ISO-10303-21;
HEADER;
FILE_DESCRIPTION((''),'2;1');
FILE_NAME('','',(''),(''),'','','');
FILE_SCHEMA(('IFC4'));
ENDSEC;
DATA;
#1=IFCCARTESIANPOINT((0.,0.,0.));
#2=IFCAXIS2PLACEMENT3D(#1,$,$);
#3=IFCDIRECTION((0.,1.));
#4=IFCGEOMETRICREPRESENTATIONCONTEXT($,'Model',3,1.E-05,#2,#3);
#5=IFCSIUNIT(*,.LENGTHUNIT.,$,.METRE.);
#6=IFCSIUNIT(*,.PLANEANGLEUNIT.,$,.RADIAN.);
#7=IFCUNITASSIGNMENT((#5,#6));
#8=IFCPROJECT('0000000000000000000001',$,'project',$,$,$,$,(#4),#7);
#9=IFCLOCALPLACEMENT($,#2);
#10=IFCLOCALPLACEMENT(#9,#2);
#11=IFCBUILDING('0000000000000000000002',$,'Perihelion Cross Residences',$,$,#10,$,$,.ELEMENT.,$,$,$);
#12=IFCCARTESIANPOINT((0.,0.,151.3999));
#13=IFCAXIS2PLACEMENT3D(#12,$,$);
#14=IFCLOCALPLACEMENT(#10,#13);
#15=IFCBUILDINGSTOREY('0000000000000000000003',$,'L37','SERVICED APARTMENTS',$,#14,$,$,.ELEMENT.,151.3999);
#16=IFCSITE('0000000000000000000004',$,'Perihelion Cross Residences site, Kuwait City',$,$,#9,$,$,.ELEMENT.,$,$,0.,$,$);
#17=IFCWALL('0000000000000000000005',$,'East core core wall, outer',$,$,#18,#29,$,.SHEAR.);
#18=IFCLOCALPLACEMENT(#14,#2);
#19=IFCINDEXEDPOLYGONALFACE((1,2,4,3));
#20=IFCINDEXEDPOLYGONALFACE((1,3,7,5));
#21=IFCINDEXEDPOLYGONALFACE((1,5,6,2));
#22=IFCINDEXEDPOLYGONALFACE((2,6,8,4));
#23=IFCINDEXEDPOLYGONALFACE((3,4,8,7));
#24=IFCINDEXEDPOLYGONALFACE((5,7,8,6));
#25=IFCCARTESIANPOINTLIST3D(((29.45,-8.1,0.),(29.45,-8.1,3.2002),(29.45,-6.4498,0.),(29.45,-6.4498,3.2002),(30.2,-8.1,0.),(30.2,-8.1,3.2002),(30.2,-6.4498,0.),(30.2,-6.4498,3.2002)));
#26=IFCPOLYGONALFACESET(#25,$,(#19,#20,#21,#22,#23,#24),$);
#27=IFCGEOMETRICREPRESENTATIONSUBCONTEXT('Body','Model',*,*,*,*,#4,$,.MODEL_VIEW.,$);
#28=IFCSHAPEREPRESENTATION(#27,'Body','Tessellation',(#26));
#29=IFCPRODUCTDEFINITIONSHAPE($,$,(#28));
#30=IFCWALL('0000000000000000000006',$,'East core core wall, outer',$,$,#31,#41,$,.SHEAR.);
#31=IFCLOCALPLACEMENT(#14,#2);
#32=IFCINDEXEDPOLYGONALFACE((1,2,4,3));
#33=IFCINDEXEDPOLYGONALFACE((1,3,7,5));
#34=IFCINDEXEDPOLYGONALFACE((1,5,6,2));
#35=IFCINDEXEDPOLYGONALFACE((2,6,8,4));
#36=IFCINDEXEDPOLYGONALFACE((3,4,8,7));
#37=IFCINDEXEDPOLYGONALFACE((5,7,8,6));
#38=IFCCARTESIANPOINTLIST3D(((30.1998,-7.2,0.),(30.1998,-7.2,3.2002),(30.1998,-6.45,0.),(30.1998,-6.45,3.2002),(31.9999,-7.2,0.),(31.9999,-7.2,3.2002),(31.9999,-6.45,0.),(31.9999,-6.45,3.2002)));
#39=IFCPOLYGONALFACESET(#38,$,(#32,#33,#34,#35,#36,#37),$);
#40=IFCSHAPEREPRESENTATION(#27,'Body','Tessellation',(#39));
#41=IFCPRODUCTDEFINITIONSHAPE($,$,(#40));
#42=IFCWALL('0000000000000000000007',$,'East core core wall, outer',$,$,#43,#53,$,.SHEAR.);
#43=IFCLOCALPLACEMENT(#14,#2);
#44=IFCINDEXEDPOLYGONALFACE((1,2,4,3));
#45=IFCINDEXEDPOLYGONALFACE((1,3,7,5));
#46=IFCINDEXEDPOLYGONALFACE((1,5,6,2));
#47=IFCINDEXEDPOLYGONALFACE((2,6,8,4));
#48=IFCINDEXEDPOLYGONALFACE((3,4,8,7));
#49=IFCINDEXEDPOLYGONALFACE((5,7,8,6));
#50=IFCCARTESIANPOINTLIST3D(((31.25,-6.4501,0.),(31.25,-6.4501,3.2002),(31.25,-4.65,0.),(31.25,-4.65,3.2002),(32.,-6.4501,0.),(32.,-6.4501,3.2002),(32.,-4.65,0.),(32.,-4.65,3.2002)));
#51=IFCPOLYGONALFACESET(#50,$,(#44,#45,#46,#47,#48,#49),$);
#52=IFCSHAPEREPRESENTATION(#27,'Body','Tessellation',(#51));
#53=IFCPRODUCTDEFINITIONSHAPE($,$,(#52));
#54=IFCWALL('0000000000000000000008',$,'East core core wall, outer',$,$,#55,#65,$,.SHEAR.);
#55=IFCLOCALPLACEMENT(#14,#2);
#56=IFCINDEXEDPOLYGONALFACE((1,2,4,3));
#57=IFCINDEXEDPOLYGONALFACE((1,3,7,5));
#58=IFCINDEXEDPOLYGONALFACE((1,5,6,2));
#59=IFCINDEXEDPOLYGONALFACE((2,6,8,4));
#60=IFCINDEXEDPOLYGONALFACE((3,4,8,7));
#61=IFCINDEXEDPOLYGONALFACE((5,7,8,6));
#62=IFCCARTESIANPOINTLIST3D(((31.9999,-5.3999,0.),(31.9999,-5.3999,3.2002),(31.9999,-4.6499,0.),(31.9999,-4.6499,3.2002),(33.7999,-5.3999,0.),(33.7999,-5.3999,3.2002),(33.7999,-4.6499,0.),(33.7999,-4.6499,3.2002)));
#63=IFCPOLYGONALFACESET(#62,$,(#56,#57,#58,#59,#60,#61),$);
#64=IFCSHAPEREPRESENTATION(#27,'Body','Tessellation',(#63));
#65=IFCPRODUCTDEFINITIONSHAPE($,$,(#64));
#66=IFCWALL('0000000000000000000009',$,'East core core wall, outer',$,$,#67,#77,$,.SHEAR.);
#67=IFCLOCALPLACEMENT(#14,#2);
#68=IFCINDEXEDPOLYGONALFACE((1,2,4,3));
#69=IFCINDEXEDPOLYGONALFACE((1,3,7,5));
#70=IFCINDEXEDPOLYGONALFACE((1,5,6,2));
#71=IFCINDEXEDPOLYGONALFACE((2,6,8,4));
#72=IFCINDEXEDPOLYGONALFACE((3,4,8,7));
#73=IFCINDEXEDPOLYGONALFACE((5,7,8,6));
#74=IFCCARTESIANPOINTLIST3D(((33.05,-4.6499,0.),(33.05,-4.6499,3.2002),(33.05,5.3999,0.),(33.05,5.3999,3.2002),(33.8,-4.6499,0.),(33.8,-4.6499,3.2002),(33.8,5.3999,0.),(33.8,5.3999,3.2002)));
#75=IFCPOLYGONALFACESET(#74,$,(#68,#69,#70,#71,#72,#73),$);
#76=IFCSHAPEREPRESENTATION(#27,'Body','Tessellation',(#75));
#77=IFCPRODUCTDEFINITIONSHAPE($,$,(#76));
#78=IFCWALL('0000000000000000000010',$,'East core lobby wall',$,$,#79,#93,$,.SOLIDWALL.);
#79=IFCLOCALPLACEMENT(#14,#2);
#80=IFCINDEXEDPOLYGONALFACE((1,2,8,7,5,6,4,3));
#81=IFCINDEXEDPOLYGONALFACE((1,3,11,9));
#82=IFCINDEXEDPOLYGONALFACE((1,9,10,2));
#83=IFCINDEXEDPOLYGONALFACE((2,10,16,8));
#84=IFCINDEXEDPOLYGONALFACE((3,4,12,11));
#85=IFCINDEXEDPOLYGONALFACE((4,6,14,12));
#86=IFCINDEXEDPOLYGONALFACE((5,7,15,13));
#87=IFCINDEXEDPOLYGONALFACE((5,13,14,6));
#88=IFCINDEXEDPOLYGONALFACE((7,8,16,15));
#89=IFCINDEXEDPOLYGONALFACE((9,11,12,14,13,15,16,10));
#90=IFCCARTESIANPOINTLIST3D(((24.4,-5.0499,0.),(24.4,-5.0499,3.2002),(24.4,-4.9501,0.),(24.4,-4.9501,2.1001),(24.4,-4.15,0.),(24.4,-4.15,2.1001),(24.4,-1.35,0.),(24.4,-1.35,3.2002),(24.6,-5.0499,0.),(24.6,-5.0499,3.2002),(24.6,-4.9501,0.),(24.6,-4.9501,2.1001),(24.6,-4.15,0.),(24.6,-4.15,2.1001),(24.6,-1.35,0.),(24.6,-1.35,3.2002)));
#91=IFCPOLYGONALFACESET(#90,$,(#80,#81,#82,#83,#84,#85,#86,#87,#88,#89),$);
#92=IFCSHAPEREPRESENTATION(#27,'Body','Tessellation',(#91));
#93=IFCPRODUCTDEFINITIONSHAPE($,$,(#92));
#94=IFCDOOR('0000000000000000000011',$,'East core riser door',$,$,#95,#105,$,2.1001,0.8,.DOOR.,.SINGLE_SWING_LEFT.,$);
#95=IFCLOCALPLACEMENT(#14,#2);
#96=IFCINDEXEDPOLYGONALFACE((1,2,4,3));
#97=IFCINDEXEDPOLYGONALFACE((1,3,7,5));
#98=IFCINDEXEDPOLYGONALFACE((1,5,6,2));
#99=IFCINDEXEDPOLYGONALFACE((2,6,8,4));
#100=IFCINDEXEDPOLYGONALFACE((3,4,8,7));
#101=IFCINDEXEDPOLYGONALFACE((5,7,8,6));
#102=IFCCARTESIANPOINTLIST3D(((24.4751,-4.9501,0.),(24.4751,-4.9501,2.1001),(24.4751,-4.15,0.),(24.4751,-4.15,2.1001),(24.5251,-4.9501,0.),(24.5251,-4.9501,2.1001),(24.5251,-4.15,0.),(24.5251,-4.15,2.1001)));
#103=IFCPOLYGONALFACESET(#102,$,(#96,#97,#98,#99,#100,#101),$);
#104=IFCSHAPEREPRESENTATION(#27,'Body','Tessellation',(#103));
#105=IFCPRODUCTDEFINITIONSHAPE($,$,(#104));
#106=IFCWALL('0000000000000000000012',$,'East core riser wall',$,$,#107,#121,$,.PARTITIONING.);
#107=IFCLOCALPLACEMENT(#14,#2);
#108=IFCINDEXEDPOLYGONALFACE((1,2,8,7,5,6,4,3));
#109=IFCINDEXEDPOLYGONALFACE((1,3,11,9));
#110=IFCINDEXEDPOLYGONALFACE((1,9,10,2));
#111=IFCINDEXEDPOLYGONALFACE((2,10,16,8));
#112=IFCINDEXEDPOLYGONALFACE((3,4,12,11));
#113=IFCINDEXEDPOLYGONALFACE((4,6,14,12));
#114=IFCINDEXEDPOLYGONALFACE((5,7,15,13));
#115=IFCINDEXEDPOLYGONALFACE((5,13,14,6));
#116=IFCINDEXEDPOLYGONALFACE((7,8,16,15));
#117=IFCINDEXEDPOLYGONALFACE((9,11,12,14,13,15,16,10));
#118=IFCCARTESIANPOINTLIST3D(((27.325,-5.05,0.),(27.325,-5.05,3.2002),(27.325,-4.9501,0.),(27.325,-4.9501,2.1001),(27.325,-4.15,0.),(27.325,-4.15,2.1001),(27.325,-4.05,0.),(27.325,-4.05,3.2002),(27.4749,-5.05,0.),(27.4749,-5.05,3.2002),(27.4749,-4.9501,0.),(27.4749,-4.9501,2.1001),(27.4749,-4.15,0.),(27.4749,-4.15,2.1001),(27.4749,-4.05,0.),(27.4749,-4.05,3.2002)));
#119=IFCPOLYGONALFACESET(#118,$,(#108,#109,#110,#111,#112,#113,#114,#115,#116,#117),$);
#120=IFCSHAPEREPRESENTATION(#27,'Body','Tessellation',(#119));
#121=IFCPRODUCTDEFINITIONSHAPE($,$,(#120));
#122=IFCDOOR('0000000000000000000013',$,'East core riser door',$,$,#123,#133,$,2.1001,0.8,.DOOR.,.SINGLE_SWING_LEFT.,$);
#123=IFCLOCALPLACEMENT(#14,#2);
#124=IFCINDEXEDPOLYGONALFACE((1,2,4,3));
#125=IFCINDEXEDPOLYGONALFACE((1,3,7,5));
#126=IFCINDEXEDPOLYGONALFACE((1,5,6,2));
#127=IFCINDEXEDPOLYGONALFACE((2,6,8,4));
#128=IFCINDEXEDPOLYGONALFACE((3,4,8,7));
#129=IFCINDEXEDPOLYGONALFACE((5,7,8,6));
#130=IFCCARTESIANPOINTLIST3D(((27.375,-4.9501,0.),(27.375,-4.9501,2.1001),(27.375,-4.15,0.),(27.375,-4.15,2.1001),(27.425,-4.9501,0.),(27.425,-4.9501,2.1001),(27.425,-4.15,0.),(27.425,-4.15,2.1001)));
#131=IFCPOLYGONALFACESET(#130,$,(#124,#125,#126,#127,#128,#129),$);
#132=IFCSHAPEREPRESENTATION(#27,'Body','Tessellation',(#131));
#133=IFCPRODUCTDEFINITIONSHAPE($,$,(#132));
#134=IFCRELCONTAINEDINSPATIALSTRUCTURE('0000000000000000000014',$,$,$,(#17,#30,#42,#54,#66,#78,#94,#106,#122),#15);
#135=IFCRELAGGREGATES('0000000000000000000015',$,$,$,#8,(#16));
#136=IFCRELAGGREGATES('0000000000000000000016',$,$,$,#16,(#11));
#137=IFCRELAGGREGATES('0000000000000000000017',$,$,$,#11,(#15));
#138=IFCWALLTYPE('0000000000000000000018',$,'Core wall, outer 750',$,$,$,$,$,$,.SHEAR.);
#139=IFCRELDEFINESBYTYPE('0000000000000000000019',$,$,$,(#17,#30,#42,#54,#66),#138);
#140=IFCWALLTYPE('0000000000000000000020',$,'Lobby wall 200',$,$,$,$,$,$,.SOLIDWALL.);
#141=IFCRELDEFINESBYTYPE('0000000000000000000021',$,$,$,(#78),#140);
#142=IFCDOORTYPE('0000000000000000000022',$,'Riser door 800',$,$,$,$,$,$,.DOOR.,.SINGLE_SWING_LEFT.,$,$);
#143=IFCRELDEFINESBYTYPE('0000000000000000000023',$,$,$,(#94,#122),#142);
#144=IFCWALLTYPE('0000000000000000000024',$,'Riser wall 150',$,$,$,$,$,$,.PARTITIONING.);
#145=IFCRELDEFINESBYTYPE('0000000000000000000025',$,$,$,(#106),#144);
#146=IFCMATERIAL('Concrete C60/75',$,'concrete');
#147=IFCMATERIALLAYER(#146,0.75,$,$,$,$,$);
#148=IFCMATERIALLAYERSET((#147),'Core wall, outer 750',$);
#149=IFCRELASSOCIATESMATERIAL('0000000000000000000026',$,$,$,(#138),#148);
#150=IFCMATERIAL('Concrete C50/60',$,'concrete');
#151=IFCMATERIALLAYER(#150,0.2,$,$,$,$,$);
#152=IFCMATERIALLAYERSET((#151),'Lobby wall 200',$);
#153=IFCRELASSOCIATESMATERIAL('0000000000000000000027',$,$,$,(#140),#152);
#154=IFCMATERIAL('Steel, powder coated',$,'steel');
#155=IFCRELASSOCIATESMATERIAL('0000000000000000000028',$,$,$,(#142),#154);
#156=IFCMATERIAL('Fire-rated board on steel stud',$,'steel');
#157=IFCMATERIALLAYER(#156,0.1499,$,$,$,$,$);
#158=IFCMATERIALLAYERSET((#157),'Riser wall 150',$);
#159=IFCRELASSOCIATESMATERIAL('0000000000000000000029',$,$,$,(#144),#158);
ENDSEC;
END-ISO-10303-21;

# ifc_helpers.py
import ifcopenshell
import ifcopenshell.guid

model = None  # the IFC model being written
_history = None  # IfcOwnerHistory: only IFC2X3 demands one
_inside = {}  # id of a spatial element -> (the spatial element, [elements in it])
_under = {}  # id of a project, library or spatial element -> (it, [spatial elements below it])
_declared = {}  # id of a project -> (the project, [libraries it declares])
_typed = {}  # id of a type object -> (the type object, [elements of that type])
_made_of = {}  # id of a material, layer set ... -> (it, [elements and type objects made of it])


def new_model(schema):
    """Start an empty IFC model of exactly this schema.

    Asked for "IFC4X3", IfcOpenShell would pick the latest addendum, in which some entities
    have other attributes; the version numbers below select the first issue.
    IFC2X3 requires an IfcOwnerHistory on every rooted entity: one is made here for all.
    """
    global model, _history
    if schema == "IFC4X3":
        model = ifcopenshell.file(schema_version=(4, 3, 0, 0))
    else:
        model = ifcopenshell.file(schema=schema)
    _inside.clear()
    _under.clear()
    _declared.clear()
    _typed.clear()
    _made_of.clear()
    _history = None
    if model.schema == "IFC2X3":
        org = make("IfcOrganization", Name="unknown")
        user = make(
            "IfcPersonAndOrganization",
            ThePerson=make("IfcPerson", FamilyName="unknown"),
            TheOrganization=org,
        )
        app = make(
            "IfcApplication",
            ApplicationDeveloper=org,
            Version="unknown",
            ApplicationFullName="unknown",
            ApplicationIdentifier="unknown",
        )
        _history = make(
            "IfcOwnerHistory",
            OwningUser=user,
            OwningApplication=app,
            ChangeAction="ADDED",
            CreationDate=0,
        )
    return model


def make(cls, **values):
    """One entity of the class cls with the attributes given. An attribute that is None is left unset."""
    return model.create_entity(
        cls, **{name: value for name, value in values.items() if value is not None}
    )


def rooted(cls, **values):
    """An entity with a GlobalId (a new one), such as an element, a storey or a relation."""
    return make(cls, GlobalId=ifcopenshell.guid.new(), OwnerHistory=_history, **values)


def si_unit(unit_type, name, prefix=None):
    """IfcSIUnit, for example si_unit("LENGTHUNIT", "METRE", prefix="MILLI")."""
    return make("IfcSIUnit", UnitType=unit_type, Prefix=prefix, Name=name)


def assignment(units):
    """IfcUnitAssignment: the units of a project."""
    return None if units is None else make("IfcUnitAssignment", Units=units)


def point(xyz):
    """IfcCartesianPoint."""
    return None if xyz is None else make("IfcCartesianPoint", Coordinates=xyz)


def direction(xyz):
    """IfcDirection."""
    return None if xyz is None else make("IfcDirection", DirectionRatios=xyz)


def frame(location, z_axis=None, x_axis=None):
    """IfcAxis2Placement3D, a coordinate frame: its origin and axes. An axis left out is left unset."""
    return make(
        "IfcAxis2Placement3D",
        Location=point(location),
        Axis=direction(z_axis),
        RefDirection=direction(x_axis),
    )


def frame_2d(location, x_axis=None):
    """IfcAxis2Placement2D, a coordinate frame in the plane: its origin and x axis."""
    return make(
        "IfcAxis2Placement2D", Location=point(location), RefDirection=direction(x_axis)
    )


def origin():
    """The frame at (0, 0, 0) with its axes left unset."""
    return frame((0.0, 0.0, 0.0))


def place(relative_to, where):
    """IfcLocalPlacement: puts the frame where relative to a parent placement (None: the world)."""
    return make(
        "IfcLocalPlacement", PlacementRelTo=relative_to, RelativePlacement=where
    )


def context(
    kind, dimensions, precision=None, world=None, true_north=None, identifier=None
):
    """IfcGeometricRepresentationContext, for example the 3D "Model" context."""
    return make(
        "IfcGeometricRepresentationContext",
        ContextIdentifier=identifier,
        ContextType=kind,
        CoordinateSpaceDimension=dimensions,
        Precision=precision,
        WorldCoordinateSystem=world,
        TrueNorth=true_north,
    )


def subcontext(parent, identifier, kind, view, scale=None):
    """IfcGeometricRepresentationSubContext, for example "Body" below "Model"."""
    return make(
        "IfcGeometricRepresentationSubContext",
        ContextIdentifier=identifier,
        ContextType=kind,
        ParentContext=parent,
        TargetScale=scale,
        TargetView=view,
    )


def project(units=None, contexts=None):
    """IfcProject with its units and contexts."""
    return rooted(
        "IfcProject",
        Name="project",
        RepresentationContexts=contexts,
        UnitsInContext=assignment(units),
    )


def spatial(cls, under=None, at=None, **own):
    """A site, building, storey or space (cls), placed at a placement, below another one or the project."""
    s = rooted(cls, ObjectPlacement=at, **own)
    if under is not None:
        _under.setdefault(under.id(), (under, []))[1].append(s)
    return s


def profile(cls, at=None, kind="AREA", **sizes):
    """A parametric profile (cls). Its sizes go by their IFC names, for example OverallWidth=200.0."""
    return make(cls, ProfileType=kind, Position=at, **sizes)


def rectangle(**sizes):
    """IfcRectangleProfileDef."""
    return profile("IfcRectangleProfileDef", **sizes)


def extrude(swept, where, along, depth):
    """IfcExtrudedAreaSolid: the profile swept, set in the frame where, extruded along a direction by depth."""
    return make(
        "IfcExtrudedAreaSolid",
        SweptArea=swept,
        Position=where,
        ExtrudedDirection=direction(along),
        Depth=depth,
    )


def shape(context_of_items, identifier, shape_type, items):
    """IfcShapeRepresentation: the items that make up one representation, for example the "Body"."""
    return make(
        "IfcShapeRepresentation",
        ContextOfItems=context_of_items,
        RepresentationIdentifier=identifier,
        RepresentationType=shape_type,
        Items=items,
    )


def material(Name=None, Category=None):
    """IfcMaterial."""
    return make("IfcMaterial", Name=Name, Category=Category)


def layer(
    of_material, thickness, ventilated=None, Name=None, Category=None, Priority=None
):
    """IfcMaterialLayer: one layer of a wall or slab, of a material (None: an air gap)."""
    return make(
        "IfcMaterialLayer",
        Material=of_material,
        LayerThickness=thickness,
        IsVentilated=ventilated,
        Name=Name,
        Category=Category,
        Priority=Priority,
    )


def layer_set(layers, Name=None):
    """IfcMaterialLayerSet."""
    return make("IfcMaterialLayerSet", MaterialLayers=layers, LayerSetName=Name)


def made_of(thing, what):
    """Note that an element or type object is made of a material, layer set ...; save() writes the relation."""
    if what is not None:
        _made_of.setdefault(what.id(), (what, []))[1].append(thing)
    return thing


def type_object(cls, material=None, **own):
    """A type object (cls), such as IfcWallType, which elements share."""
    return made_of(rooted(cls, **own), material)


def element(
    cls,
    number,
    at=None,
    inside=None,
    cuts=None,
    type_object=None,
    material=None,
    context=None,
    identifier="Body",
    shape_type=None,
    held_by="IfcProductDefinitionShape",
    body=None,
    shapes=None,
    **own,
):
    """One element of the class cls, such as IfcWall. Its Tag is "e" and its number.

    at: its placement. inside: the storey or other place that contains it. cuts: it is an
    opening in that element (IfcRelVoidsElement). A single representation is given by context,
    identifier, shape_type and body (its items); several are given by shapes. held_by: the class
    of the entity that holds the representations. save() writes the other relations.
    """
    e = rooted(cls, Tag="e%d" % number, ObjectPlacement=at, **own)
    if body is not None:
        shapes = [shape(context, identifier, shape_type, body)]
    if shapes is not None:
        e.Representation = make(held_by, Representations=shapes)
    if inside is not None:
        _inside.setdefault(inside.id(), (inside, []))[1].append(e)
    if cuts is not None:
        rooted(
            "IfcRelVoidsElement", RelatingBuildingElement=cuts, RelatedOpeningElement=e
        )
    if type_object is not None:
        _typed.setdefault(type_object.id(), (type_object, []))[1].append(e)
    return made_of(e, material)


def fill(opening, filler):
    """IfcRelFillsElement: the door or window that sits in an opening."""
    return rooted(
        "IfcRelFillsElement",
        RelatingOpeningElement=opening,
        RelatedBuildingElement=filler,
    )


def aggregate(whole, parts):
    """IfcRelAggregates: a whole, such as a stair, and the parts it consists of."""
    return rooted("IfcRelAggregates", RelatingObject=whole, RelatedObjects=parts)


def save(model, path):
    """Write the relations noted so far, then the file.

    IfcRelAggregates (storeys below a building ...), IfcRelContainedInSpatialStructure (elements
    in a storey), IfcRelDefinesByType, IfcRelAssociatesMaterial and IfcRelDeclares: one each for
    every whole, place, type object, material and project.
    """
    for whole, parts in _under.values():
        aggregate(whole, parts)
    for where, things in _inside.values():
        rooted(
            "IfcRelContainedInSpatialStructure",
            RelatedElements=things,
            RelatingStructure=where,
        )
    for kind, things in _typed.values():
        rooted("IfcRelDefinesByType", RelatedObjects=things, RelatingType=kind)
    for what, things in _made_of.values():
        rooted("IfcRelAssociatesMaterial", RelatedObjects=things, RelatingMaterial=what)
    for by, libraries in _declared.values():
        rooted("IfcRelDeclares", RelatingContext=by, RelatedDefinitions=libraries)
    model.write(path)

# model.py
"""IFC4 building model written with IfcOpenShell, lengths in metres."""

from ifc_helpers import new_model, si_unit, direction, frame, frame_2d, origin, place, context, subcontext, project, spatial, rectangle, extrude, material, layer, layer_set, type_object, element, fill, save


model = new_model("IFC4")

# Units and contexts
model_context = context("Model", 3, precision=1e-05, world=origin(), true_north=direction((0.0, 1.0)))
body_context = subcontext(model_context, "Body", "Model", "MODEL_VIEW")
ifc_project = project(units=[si_unit("LENGTHUNIT", "METRE"), si_unit("PLANEANGLEUNIT", "RADIAN")], contexts=[model_context])

# Site, building, storey
site_placement = place(None, origin())
site = spatial("IfcSite", under=ifc_project, at=site_placement, Name="Perihelion Cross Residences site, Kuwait City", CompositionType="ELEMENT", RefElevation=0.0)
building_placement = place(site_placement, origin())
building = spatial("IfcBuilding", under=site, at=building_placement, Name="Perihelion Cross Residences", CompositionType="ELEMENT")
storey_placement = place(building_placement, frame((0.0, 0.0, 151.3999)))
storey = spatial("IfcBuildingStorey", under=building, at=storey_placement, Name="L37", Description="SERVICED APARTMENTS", CompositionType="ELEMENT", Elevation=151.3999)

# Walls
ifc_material_1 = material(Name="Concrete C60/75", Category="concrete")
ifc_layer_1 = layer(ifc_material_1, 0.75)
ifc_layer_set_1 = layer_set([ifc_layer_1], Name="Core wall, outer 750")
wall_type_1 = type_object("IfcWallType", Name="Core wall, outer 750", PredefinedType="SHEAR", material=ifc_layer_set_1)
wall_1_placement = place(storey_placement, frame((29.825, -8.1001, 0.0), z_axis=(0.0, 0.0, 1.0), x_axis=(0.0, 1.0, 0.0)))
element("IfcWall", 1, at=wall_1_placement, inside=storey, type_object=wall_type_1, Name="East core core wall, outer", PredefinedType="SHEAR", context=body_context, shape_type="SweptSolid", body=[
    extrude(rectangle(XDim=1.6501, YDim=0.75, at=frame_2d((0.8252, 0.0))), origin(), (0.0, 0.0, 1.0), 3.2002),
])
for number, where, z_axis, x_axis, name in (
    (2, (30.2, -6.825, 0.0), (0.0, 0.0, 1.0), (1.0, 0.0, 0.0), "East core core wall, outer"),
    (3, (31.625, -6.45, 0.0), (0.0, 0.0, 1.0), (0.0, 1.0, 0.0), "East core core wall, outer"),
    (4, (32.0, -5.0249, 0.0), (0.0, 0.0, 1.0), (1.0, 0.0, 0.0), "East core core wall, outer"),
):
    element("IfcWall", number, at=place(storey_placement, frame(where, z_axis=z_axis, x_axis=x_axis)), inside=storey, type_object=wall_type_1, Name=name, PredefinedType="SHEAR", context=body_context, shape_type="SweptSolid", body=[
        extrude(rectangle(XDim=1.8, YDim=0.75, at=frame_2d((0.8999, 0.0))), origin(), (0.0, 0.0, 1.0), 3.2002),
    ])
wall_2_placement = place(storey_placement, frame((33.425, -4.6499, 0.0), z_axis=(0.0, 0.0, 1.0), x_axis=(0.0, 1.0, 0.0)))
element("IfcWall", 5, at=wall_2_placement, inside=storey, type_object=wall_type_1, Name="East core core wall, outer", PredefinedType="SHEAR", context=body_context, shape_type="SweptSolid", body=[
    extrude(rectangle(XDim=10.0498, YDim=0.75, at=frame_2d((5.0249, 0.0))), origin(), (0.0, 0.0, 1.0), 3.2002),
])

# Walls, openings, doors
ifc_material_2 = material(Name="Concrete C50/60", Category="concrete")
ifc_layer_2 = layer(ifc_material_2, 0.2)
ifc_layer_set_2 = layer_set([ifc_layer_2], Name="Lobby wall 200")
wall_type_2 = type_object("IfcWallType", Name="Lobby wall 200", PredefinedType="SOLIDWALL", material=ifc_layer_set_2)
wall_3_placement = place(storey_placement, frame((24.5, -5.05, 0.0), z_axis=(0.0, 0.0, 1.0), x_axis=(0.0, 1.0, 0.0)))
wall_3 = element("IfcWall", 6, at=wall_3_placement, inside=storey, type_object=wall_type_2, Name="East core lobby wall", PredefinedType="SOLIDWALL", context=body_context, shape_type="SweptSolid", body=[
    extrude(rectangle(XDim=3.7, YDim=0.2, at=frame_2d((1.8501, 0.0))), origin(), (0.0, 0.0, 1.0), 3.2002),
])
opening_1_placement = place(wall_3_placement, frame((0.1001, 0.0, 0.0)))
opening_1 = element("IfcOpeningElement", 7, at=opening_1_placement, cuts=wall_3, PredefinedType="OPENING", context=body_context, shape_type="SweptSolid", body=[
    extrude(rectangle(XDim=0.8, YDim=2.1001, at=frame_2d((0.3999, 1.05))), frame((0.0, 0.1099, 0.0), z_axis=(0.0, -1.0, 0.0), x_axis=(1.0, 0.0, 0.0)), (0.0, 0.0, 1.0), 0.22),
])
ifc_material_3 = material(Name="Steel, powder coated", Category="steel")
door_type_1 = type_object("IfcDoorType", Name="Riser door 800", OperationType="SINGLE_SWING_LEFT", PredefinedType="DOOR", material=ifc_material_3)
door_1_placement = place(opening_1_placement, origin())
door_1 = element("IfcDoor", 8, at=door_1_placement, inside=storey, type_object=door_type_1, Name="East core riser door", OperationType="SINGLE_SWING_LEFT", OverallHeight=2.1001, OverallWidth=0.8, PredefinedType="DOOR", context=body_context, shape_type="SweptSolid", body=[
    extrude(rectangle(XDim=0.8, YDim=2.1001, at=frame_2d((0.3999, 1.05))), frame((0.0, 0.0249, 0.0), z_axis=(0.0, -1.0, 0.0), x_axis=(1.0, 0.0, 0.0)), (0.0, 0.0, 1.0), 0.05),
])
fill(opening_1, door_1)
ifc_material_4 = material(Name="Fire-rated board on steel stud", Category="steel")
ifc_layer_3 = layer(ifc_material_4, 0.1499)
ifc_layer_set_3 = layer_set([ifc_layer_3], Name="Riser wall 150")
wall_type_3 = type_object("IfcWallType", Name="Riser wall 150", PredefinedType="PARTITIONING", material=ifc_layer_set_3)
wall_4_placement = place(storey_placement, frame((27.3999, -5.05, 0.0), z_axis=(0.0, 0.0, 1.0), x_axis=(0.0, 1.0, 0.0)))
wall_4 = element("IfcWall", 9, at=wall_4_placement, inside=storey, type_object=wall_type_3, Name="East core riser wall", PredefinedType="PARTITIONING", context=body_context, shape_type="SweptSolid", body=[
    extrude(rectangle(XDim=1.0, YDim=0.1499, at=frame_2d((0.5, 0.0))), origin(), (0.0, 0.0, 1.0), 3.2002),
])
opening_2_placement = place(wall_4_placement, frame((0.1001, 0.0, 0.0)))
opening_2 = element("IfcOpeningElement", 10, at=opening_2_placement, cuts=wall_4, PredefinedType="OPENING", context=body_context, shape_type="SweptSolid", body=[
    extrude(rectangle(XDim=0.8, YDim=2.1001, at=frame_2d((0.3999, 1.05))), frame((0.0, 0.085, 0.0), z_axis=(0.0, -1.0, 0.0), x_axis=(1.0, 0.0, 0.0)), (0.0, 0.0, 1.0), 0.1699),
])
door_2_placement = place(opening_2_placement, origin())
door_2 = element("IfcDoor", 11, at=door_2_placement, inside=storey, type_object=door_type_1, Name="East core riser door", OperationType="SINGLE_SWING_LEFT", OverallHeight=2.1001, OverallWidth=0.8, PredefinedType="DOOR", context=body_context, shape_type="SweptSolid", body=[
    extrude(rectangle(XDim=0.8, YDim=2.1001, at=frame_2d((0.3999, 1.05))), frame((0.0, 0.0249, 0.0), z_axis=(0.0, -1.0, 0.0), x_axis=(1.0, 0.0, 0.0)), (0.0, 0.0, 1.0), 0.05),
])
fill(opening_2, door_2)

save(model, "model.ifc")
